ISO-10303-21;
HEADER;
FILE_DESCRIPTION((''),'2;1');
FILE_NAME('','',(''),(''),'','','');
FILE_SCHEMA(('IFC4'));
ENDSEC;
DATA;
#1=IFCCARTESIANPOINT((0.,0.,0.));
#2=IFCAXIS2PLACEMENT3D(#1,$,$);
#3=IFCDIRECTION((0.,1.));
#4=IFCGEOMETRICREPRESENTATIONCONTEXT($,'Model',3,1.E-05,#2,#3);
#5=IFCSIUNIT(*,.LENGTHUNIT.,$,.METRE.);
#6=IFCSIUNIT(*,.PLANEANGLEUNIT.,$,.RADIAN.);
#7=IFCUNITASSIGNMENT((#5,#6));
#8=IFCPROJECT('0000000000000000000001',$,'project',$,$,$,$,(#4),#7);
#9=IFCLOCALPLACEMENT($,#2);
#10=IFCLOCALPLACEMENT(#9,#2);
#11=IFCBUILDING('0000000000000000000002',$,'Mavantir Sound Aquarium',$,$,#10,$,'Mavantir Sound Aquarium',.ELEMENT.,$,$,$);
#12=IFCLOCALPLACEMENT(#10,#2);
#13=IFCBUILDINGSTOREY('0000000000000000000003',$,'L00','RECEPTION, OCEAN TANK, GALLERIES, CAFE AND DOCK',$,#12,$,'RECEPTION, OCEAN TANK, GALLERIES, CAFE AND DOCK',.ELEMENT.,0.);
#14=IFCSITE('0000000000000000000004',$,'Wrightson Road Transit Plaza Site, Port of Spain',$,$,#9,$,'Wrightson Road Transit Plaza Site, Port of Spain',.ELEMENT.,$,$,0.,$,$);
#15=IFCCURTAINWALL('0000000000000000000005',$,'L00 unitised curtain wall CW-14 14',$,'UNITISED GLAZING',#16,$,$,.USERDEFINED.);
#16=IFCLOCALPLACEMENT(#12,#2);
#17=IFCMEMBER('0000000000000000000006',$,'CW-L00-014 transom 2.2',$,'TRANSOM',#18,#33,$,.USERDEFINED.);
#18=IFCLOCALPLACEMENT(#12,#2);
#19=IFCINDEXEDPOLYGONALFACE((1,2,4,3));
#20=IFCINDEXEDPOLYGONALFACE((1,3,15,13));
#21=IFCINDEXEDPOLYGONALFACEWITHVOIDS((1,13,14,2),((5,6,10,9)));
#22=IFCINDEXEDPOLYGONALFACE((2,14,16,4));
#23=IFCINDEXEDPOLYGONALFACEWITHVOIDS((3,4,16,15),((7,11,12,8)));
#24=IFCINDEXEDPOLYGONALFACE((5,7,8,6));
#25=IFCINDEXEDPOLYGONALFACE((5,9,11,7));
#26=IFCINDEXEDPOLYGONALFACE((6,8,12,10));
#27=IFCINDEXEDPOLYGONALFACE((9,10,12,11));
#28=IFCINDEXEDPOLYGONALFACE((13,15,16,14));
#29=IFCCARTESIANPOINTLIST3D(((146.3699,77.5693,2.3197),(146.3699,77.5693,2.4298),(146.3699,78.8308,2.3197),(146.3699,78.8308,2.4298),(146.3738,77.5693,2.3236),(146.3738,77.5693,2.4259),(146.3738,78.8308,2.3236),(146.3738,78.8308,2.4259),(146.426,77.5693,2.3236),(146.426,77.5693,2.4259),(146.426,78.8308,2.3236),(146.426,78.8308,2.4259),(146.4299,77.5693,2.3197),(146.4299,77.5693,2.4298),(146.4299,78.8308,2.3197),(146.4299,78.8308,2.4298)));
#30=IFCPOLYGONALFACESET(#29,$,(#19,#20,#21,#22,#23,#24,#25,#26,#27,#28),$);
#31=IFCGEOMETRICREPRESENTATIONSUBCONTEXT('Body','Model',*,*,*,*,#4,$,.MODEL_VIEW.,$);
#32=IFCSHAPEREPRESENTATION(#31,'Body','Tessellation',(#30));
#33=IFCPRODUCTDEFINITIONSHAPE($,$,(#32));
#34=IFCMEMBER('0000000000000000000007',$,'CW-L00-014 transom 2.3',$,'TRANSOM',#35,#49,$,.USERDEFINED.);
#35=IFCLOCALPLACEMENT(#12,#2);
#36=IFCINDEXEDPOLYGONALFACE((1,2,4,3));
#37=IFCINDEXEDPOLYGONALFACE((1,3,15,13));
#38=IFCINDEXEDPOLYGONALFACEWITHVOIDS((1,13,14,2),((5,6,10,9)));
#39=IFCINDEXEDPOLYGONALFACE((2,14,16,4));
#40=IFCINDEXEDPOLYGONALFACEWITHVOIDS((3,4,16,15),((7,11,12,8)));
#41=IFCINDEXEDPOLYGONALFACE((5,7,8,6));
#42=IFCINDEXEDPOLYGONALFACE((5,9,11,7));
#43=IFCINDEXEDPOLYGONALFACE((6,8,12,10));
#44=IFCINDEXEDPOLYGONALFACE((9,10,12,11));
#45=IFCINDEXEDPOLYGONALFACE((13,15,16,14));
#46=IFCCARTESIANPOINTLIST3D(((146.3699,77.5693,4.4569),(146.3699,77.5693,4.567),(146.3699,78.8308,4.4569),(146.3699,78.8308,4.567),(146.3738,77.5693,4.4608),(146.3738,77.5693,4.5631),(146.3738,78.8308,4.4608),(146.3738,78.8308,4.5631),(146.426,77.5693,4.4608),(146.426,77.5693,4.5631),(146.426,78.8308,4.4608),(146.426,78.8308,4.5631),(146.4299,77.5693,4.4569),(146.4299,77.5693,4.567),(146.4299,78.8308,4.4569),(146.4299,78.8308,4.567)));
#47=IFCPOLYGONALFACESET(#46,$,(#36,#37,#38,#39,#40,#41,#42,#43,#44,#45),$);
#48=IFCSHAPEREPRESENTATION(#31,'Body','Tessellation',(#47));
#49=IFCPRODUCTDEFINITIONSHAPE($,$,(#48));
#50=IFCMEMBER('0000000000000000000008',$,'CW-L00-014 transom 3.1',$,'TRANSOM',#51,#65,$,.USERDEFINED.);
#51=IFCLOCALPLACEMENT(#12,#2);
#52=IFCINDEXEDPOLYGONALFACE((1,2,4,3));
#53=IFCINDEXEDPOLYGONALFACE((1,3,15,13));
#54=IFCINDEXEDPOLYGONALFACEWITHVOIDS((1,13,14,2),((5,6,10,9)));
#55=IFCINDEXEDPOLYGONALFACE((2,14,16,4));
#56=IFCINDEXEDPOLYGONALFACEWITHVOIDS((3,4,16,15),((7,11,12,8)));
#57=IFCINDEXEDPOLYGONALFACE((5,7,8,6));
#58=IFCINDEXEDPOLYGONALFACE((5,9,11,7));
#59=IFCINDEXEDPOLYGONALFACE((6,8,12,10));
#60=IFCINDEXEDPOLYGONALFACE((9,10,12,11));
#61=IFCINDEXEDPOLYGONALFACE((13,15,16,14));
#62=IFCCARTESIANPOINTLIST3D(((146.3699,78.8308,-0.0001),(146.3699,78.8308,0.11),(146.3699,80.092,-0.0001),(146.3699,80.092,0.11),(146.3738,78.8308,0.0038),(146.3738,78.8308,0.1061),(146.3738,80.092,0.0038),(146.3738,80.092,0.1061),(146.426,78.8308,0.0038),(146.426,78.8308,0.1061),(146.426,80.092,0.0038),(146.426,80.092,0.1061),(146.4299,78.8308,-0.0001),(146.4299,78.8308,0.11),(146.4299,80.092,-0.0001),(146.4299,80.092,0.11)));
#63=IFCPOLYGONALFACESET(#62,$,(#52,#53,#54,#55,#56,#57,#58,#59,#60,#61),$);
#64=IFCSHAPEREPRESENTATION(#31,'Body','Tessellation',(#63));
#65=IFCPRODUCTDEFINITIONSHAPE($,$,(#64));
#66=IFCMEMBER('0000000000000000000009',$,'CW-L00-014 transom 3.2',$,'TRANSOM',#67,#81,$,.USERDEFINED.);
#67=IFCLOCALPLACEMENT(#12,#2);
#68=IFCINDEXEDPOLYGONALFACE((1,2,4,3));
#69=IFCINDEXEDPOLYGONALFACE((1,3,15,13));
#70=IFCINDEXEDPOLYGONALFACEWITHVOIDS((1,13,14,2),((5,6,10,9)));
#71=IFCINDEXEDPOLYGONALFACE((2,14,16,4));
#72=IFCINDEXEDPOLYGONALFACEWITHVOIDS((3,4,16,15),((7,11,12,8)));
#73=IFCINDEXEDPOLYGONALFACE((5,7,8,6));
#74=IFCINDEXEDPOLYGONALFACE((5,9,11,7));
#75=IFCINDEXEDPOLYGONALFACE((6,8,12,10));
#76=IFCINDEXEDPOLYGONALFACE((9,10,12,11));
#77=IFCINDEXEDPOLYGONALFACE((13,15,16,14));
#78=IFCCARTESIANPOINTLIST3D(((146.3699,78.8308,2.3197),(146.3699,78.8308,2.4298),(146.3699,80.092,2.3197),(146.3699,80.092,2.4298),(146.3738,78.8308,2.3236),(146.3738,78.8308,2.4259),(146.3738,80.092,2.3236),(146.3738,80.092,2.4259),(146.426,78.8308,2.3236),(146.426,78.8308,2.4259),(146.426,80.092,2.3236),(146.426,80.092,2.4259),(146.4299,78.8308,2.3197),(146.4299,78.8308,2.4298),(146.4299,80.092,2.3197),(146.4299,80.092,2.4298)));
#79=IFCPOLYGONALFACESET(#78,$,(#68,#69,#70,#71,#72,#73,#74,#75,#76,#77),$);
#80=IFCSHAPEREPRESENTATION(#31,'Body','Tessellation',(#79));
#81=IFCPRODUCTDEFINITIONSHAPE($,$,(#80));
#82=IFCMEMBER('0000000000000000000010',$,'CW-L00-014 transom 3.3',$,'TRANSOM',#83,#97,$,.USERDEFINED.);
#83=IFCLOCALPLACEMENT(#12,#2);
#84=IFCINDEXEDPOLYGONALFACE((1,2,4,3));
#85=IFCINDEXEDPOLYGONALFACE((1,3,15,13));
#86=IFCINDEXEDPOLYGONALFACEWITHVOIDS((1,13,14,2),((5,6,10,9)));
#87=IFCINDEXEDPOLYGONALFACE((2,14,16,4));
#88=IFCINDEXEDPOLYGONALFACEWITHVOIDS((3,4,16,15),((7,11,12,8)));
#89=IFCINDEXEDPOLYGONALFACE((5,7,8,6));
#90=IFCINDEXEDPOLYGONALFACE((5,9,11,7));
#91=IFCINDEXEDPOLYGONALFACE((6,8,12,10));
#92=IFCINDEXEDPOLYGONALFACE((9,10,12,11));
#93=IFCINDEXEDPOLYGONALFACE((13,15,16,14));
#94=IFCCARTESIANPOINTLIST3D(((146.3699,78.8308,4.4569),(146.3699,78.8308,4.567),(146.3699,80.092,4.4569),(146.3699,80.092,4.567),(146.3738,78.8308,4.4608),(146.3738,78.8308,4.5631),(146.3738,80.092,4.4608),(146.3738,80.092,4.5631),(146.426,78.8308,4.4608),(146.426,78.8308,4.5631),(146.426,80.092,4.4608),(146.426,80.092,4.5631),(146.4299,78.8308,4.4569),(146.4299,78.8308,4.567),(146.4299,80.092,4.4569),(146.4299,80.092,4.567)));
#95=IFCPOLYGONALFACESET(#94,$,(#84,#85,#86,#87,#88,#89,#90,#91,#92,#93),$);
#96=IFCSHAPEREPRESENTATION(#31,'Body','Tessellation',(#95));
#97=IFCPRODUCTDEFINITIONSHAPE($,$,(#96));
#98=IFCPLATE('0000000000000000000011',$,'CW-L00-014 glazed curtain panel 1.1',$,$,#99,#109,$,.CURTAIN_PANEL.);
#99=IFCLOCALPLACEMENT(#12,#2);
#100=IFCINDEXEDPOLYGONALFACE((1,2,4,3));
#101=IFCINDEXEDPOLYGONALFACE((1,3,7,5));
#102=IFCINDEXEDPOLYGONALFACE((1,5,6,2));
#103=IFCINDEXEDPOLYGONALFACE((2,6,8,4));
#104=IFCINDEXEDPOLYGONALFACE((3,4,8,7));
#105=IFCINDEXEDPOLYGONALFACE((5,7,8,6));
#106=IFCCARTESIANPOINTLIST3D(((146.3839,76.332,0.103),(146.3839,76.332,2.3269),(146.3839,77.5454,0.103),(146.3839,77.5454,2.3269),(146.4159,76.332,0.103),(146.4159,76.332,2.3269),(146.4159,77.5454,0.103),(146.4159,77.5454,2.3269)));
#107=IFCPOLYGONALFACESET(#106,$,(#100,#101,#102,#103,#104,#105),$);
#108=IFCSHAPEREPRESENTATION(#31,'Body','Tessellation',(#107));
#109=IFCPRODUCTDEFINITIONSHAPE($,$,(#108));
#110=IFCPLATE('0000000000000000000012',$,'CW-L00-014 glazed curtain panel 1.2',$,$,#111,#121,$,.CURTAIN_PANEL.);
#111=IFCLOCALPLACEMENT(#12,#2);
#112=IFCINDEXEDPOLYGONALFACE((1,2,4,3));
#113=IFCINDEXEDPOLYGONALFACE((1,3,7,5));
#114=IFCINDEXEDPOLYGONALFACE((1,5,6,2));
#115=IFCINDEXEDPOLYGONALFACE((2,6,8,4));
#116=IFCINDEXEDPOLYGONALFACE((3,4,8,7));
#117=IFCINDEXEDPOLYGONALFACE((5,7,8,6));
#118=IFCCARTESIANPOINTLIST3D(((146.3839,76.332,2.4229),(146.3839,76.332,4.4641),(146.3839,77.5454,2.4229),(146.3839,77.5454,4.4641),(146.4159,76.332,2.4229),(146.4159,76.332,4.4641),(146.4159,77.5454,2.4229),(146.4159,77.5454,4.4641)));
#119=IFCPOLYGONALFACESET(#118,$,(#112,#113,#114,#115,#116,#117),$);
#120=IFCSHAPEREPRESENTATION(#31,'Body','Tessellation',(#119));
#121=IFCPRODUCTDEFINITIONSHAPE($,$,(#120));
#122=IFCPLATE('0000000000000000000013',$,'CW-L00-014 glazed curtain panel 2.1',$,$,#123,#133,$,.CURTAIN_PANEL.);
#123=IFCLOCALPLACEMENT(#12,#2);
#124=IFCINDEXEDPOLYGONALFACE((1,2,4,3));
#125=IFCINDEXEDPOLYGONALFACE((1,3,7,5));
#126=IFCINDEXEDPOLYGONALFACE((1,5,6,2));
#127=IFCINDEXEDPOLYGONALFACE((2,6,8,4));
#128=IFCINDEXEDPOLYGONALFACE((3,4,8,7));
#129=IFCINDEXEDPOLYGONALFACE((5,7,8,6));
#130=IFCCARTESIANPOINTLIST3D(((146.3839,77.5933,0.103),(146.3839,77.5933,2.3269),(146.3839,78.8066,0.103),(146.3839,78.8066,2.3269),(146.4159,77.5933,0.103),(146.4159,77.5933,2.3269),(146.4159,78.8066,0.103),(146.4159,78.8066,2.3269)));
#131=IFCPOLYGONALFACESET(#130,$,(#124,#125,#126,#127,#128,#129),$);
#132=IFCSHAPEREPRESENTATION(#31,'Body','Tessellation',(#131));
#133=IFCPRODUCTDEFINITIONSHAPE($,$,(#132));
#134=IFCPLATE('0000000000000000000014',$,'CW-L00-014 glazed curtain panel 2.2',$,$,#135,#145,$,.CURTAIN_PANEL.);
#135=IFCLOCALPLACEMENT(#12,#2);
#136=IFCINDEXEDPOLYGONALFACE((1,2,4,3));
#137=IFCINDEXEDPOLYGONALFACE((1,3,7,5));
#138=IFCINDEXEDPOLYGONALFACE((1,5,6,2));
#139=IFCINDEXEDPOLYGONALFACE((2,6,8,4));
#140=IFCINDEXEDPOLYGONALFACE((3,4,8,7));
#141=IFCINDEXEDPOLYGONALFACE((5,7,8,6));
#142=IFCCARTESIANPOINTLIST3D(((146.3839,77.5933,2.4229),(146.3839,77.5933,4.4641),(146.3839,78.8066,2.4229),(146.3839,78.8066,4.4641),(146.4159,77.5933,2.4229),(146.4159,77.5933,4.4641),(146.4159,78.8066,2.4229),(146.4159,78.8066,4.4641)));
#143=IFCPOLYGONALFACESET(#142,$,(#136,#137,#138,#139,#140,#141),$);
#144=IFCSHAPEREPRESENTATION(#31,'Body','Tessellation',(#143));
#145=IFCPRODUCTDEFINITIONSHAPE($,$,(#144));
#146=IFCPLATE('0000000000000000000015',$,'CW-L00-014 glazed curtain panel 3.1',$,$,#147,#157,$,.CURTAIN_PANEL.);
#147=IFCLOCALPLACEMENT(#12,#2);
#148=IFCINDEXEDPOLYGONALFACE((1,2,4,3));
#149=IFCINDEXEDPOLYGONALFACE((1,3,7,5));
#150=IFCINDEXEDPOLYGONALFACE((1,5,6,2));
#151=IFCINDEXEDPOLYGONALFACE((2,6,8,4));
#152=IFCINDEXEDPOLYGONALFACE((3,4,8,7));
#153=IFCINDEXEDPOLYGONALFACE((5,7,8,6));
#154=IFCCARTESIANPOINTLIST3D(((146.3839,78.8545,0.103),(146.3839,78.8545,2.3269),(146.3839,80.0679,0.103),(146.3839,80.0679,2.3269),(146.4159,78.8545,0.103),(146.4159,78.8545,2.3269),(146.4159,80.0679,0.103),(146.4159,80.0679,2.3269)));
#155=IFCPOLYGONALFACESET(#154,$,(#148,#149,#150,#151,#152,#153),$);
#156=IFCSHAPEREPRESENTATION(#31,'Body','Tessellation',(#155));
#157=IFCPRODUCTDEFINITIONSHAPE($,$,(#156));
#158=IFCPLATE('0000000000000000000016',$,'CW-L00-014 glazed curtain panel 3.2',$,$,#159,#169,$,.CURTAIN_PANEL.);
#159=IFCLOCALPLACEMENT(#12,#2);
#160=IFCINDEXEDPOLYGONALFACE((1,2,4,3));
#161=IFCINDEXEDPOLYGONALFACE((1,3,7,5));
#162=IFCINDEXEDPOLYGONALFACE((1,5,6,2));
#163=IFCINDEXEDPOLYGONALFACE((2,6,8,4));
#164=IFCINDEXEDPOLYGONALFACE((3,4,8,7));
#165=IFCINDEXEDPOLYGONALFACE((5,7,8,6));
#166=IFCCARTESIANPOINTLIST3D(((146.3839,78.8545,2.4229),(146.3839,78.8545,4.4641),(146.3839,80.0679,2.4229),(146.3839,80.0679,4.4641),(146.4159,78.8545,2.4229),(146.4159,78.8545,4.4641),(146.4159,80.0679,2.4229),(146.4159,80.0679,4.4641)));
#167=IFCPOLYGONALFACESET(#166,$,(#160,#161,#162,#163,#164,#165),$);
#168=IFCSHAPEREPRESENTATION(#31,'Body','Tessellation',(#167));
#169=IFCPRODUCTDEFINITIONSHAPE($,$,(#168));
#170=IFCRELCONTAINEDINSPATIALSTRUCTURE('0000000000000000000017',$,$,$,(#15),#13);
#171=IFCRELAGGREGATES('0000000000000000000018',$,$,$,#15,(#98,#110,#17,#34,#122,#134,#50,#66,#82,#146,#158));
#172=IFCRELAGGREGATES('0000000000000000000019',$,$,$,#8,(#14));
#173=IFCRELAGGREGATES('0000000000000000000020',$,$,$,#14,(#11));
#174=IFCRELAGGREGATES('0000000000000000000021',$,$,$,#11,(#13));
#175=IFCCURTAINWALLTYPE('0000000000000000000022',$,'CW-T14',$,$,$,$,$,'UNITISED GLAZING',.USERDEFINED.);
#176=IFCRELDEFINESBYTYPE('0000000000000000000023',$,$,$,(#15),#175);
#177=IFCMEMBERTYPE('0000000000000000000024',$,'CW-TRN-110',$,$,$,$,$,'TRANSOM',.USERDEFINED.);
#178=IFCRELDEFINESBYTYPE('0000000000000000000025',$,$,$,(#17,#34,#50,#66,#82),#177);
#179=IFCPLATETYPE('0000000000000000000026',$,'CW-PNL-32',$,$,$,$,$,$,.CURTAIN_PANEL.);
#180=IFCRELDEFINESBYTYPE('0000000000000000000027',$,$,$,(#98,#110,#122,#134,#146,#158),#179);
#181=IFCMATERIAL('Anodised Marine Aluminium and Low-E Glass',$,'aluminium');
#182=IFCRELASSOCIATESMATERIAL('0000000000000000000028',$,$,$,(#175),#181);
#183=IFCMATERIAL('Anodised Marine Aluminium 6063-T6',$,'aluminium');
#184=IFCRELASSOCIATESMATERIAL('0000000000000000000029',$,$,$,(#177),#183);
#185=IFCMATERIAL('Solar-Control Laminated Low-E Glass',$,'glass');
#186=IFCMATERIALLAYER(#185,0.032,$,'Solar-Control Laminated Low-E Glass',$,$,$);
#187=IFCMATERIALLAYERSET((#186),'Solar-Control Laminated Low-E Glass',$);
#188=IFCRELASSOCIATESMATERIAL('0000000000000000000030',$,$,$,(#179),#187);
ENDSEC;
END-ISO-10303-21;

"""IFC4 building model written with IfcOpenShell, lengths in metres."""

from ifc_helpers import new_model, si_unit, direction, frame, origin, origin_2d, place, context, subcontext, project, spatial, rectangle, hollow_rectangle, extrude, material, layer, layer_set, material_profile, profile_set, type_object, element, aggregate, save


model = new_model("IFC4")

# Units and contexts
model_context = context("Model", 3, precision=1e-05, world=origin(), true_north=direction((0.0, 1.0)))
body_context = subcontext(model_context, "Body", "Model", "MODEL_VIEW")
ifc_project = project(units=[si_unit("LENGTHUNIT", "METRE"), si_unit("PLANEANGLEUNIT", "RADIAN")], contexts=[model_context])

# Site, building, storey
site_placement = place(None, origin())
site = spatial("IfcSite", under=ifc_project, at=site_placement, Name="Wrightson Road Transit Plaza Site, Port of Spain", LongName="Wrightson Road Transit Plaza Site, Port of Spain", CompositionType="ELEMENT", RefElevation=0.0)
building_placement = place(site_placement, origin())
building = spatial("IfcBuilding", under=site, at=building_placement, Name="Mavantir Sound Aquarium", LongName="Mavantir Sound Aquarium", CompositionType="ELEMENT")
storey_placement = place(building_placement, origin())
storey = spatial("IfcBuildingStorey", under=building, at=storey_placement, Name="L00", Description="RECEPTION, OCEAN TANK, GALLERIES, CAFE AND DOCK", LongName="RECEPTION, OCEAN TANK, GALLERIES, CAFE AND DOCK", CompositionType="ELEMENT", Elevation=0.0)

# Curtain wall, members, plates
ifc_material_1 = material(Name="Anodised Marine Aluminium and Low-E Glass", Category="aluminium")
curtain_wall_type = type_object("IfcCurtainWallType", Name="CW-T14", ElementType="UNITISED GLAZING", PredefinedType="USERDEFINED", material=ifc_material_1)
curtain_wall_placement = place(storey_placement, origin())
curtain_wall = element("IfcCurtainWall", 1, at=curtain_wall_placement, inside=storey, type_object=curtain_wall_type, Name="L00 unitised curtain wall CW-14 14", ObjectType="UNITISED GLAZING", PredefinedType="USERDEFINED")
ifc_material_2 = material(Name="Anodised Marine Aluminium 6063-T6", Category="aluminium")
ifc_material_profile_1 = material_profile(ifc_material_2, hollow_rectangle(XDim=0.0601, YDim=0.1101, WallThickness=0.0039, at=origin_2d()), Name="ALU-TRANSOM-110X60")
ifc_profile_set_1 = profile_set([ifc_material_profile_1], Name="Anodised Marine Aluminium 6063-T6")
member_type_1 = type_object("IfcMemberType", Name="CW-TRN-110", ElementType="TRANSOM", PredefinedType="USERDEFINED", material=ifc_profile_set_1)
member_1_placement = place(storey_placement, frame((146.3999, 77.5693, 2.3748), z_axis=(0.0, 1.0, 0.0), x_axis=(-1.0, 0.0, 0.0)))
member_1 = element("IfcMember", 2, at=member_1_placement, type_object=member_type_1, Name="CW-L00-014 transom 2.2", ObjectType="TRANSOM", PredefinedType="USERDEFINED", context=body_context, shape_type="SweptSolid", body=[
    extrude(hollow_rectangle(XDim=0.0601, YDim=0.1101, WallThickness=0.0039, at=origin_2d()), origin(), (0.0, 0.0, 1.0), 1.2615),
])
member_2_placement = place(storey_placement, frame((146.3999, 77.5693, 4.512), z_axis=(0.0, 1.0, 0.0), x_axis=(-1.0, 0.0, 0.0)))
member_2 = element("IfcMember", 3, at=member_2_placement, type_object=member_type_1, Name="CW-L00-014 transom 2.3", ObjectType="TRANSOM", PredefinedType="USERDEFINED", context=body_context, shape_type="SweptSolid", body=[
    extrude(hollow_rectangle(XDim=0.0601, YDim=0.1101, WallThickness=0.0039, at=origin_2d()), origin(), (0.0, 0.0, 1.0), 1.2615),
])
member_3_placement = place(storey_placement, frame((146.3999, 78.8308, 0.0549), z_axis=(0.0, 1.0, 0.0), x_axis=(-1.0, 0.0, 0.0)))
member_3 = element("IfcMember", 4, at=member_3_placement, type_object=member_type_1, Name="CW-L00-014 transom 3.1", ObjectType="TRANSOM", PredefinedType="USERDEFINED", context=body_context, shape_type="SweptSolid", body=[
    extrude(hollow_rectangle(XDim=0.0601, YDim=0.1101, WallThickness=0.0039, at=origin_2d()), origin(), (0.0, 0.0, 1.0), 1.2612),
])
member_4_placement = place(storey_placement, frame((146.3999, 78.8308, 2.3748), z_axis=(0.0, 1.0, 0.0), x_axis=(-1.0, 0.0, 0.0)))
member_4 = element("IfcMember", 5, at=member_4_placement, type_object=member_type_1, Name="CW-L00-014 transom 3.2", ObjectType="TRANSOM", PredefinedType="USERDEFINED", context=body_context, shape_type="SweptSolid", body=[
    extrude(hollow_rectangle(XDim=0.0601, YDim=0.1101, WallThickness=0.0039, at=origin_2d()), origin(), (0.0, 0.0, 1.0), 1.2612),
])
member_5_placement = place(storey_placement, frame((146.3999, 78.8308, 4.512), z_axis=(0.0, 1.0, 0.0), x_axis=(-1.0, 0.0, 0.0)))
member_5 = element("IfcMember", 6, at=member_5_placement, type_object=member_type_1, Name="CW-L00-014 transom 3.3", ObjectType="TRANSOM", PredefinedType="USERDEFINED", context=body_context, shape_type="SweptSolid", body=[
    extrude(hollow_rectangle(XDim=0.0601, YDim=0.1101, WallThickness=0.0039, at=origin_2d()), origin(), (0.0, 0.0, 1.0), 1.2612),
])
ifc_material_3 = material(Name="Solar-Control Laminated Low-E Glass", Category="glass")
ifc_layer = layer(ifc_material_3, 0.032, Name="Solar-Control Laminated Low-E Glass")
ifc_layer_set = layer_set([ifc_layer], Name="Solar-Control Laminated Low-E Glass")
plate_type = type_object("IfcPlateType", Name="CW-PNL-32", PredefinedType="CURTAIN_PANEL", material=ifc_layer_set)
plate_1_placement = place(storey_placement, frame((146.3999, 76.9387, 0.103), z_axis=(0.0, 0.0, 1.0), x_axis=(0.0, 1.0, 0.0)))
plate_1 = element("IfcPlate", 7, at=plate_1_placement, type_object=plate_type, Name="CW-L00-014 glazed curtain panel 1.1", PredefinedType="CURTAIN_PANEL", context=body_context, shape_type="SweptSolid", body=[
    extrude(rectangle(XDim=1.2134, YDim=0.032, at=origin_2d()), origin(), (0.0, 0.0, 1.0), 2.2239),
])
plate_2_placement = place(storey_placement, frame((146.3999, 76.9387, 2.4229), z_axis=(0.0, 0.0, 1.0), x_axis=(0.0, 1.0, 0.0)))
plate_2 = element("IfcPlate", 8, at=plate_2_placement, type_object=plate_type, Name="CW-L00-014 glazed curtain panel 1.2", PredefinedType="CURTAIN_PANEL", context=body_context, shape_type="SweptSolid", body=[
    extrude(rectangle(XDim=1.2134, YDim=0.032, at=origin_2d()), origin(), (0.0, 0.0, 1.0), 2.0413),
])
plate_3_placement = place(storey_placement, frame((146.3999, 78.2, 0.103), z_axis=(0.0, 0.0, 1.0), x_axis=(0.0, 1.0, 0.0)))
plate_3 = element("IfcPlate", 9, at=plate_3_placement, type_object=plate_type, Name="CW-L00-014 glazed curtain panel 2.1", PredefinedType="CURTAIN_PANEL", context=body_context, shape_type="SweptSolid", body=[
    extrude(rectangle(XDim=1.2134, YDim=0.032, at=origin_2d()), origin(), (0.0, 0.0, 1.0), 2.2239),
])
plate_4_placement = place(storey_placement, frame((146.3999, 78.2, 2.4229), z_axis=(0.0, 0.0, 1.0), x_axis=(0.0, 1.0, 0.0)))
plate_4 = element("IfcPlate", 10, at=plate_4_placement, type_object=plate_type, Name="CW-L00-014 glazed curtain panel 2.2", PredefinedType="CURTAIN_PANEL", context=body_context, shape_type="SweptSolid", body=[
    extrude(rectangle(XDim=1.2134, YDim=0.032, at=origin_2d()), origin(), (0.0, 0.0, 1.0), 2.0413),
])
plate_5_placement = place(storey_placement, frame((146.3999, 79.4612, 0.103), z_axis=(0.0, 0.0, 1.0), x_axis=(0.0, 1.0, 0.0)))
plate_5 = element("IfcPlate", 11, at=plate_5_placement, type_object=plate_type, Name="CW-L00-014 glazed curtain panel 3.1", PredefinedType="CURTAIN_PANEL", context=body_context, shape_type="SweptSolid", body=[
    extrude(rectangle(XDim=1.2134, YDim=0.032, at=origin_2d()), origin(), (0.0, 0.0, 1.0), 2.2239),
])
plate_6_placement = place(storey_placement, frame((146.3999, 79.4612, 2.4229), z_axis=(0.0, 0.0, 1.0), x_axis=(0.0, 1.0, 0.0)))
plate_6 = element("IfcPlate", 12, at=plate_6_placement, type_object=plate_type, Name="CW-L00-014 glazed curtain panel 3.2", PredefinedType="CURTAIN_PANEL", context=body_context, shape_type="SweptSolid", body=[
    extrude(rectangle(XDim=1.2134, YDim=0.032, at=origin_2d()), origin(), (0.0, 0.0, 1.0), 2.0413),
])
aggregate(curtain_wall, [plate_1, plate_2, member_1, member_2, plate_3, plate_4, member_3, member_4, member_5, plate_5, plate_6])

save(model, "model.ifc")
